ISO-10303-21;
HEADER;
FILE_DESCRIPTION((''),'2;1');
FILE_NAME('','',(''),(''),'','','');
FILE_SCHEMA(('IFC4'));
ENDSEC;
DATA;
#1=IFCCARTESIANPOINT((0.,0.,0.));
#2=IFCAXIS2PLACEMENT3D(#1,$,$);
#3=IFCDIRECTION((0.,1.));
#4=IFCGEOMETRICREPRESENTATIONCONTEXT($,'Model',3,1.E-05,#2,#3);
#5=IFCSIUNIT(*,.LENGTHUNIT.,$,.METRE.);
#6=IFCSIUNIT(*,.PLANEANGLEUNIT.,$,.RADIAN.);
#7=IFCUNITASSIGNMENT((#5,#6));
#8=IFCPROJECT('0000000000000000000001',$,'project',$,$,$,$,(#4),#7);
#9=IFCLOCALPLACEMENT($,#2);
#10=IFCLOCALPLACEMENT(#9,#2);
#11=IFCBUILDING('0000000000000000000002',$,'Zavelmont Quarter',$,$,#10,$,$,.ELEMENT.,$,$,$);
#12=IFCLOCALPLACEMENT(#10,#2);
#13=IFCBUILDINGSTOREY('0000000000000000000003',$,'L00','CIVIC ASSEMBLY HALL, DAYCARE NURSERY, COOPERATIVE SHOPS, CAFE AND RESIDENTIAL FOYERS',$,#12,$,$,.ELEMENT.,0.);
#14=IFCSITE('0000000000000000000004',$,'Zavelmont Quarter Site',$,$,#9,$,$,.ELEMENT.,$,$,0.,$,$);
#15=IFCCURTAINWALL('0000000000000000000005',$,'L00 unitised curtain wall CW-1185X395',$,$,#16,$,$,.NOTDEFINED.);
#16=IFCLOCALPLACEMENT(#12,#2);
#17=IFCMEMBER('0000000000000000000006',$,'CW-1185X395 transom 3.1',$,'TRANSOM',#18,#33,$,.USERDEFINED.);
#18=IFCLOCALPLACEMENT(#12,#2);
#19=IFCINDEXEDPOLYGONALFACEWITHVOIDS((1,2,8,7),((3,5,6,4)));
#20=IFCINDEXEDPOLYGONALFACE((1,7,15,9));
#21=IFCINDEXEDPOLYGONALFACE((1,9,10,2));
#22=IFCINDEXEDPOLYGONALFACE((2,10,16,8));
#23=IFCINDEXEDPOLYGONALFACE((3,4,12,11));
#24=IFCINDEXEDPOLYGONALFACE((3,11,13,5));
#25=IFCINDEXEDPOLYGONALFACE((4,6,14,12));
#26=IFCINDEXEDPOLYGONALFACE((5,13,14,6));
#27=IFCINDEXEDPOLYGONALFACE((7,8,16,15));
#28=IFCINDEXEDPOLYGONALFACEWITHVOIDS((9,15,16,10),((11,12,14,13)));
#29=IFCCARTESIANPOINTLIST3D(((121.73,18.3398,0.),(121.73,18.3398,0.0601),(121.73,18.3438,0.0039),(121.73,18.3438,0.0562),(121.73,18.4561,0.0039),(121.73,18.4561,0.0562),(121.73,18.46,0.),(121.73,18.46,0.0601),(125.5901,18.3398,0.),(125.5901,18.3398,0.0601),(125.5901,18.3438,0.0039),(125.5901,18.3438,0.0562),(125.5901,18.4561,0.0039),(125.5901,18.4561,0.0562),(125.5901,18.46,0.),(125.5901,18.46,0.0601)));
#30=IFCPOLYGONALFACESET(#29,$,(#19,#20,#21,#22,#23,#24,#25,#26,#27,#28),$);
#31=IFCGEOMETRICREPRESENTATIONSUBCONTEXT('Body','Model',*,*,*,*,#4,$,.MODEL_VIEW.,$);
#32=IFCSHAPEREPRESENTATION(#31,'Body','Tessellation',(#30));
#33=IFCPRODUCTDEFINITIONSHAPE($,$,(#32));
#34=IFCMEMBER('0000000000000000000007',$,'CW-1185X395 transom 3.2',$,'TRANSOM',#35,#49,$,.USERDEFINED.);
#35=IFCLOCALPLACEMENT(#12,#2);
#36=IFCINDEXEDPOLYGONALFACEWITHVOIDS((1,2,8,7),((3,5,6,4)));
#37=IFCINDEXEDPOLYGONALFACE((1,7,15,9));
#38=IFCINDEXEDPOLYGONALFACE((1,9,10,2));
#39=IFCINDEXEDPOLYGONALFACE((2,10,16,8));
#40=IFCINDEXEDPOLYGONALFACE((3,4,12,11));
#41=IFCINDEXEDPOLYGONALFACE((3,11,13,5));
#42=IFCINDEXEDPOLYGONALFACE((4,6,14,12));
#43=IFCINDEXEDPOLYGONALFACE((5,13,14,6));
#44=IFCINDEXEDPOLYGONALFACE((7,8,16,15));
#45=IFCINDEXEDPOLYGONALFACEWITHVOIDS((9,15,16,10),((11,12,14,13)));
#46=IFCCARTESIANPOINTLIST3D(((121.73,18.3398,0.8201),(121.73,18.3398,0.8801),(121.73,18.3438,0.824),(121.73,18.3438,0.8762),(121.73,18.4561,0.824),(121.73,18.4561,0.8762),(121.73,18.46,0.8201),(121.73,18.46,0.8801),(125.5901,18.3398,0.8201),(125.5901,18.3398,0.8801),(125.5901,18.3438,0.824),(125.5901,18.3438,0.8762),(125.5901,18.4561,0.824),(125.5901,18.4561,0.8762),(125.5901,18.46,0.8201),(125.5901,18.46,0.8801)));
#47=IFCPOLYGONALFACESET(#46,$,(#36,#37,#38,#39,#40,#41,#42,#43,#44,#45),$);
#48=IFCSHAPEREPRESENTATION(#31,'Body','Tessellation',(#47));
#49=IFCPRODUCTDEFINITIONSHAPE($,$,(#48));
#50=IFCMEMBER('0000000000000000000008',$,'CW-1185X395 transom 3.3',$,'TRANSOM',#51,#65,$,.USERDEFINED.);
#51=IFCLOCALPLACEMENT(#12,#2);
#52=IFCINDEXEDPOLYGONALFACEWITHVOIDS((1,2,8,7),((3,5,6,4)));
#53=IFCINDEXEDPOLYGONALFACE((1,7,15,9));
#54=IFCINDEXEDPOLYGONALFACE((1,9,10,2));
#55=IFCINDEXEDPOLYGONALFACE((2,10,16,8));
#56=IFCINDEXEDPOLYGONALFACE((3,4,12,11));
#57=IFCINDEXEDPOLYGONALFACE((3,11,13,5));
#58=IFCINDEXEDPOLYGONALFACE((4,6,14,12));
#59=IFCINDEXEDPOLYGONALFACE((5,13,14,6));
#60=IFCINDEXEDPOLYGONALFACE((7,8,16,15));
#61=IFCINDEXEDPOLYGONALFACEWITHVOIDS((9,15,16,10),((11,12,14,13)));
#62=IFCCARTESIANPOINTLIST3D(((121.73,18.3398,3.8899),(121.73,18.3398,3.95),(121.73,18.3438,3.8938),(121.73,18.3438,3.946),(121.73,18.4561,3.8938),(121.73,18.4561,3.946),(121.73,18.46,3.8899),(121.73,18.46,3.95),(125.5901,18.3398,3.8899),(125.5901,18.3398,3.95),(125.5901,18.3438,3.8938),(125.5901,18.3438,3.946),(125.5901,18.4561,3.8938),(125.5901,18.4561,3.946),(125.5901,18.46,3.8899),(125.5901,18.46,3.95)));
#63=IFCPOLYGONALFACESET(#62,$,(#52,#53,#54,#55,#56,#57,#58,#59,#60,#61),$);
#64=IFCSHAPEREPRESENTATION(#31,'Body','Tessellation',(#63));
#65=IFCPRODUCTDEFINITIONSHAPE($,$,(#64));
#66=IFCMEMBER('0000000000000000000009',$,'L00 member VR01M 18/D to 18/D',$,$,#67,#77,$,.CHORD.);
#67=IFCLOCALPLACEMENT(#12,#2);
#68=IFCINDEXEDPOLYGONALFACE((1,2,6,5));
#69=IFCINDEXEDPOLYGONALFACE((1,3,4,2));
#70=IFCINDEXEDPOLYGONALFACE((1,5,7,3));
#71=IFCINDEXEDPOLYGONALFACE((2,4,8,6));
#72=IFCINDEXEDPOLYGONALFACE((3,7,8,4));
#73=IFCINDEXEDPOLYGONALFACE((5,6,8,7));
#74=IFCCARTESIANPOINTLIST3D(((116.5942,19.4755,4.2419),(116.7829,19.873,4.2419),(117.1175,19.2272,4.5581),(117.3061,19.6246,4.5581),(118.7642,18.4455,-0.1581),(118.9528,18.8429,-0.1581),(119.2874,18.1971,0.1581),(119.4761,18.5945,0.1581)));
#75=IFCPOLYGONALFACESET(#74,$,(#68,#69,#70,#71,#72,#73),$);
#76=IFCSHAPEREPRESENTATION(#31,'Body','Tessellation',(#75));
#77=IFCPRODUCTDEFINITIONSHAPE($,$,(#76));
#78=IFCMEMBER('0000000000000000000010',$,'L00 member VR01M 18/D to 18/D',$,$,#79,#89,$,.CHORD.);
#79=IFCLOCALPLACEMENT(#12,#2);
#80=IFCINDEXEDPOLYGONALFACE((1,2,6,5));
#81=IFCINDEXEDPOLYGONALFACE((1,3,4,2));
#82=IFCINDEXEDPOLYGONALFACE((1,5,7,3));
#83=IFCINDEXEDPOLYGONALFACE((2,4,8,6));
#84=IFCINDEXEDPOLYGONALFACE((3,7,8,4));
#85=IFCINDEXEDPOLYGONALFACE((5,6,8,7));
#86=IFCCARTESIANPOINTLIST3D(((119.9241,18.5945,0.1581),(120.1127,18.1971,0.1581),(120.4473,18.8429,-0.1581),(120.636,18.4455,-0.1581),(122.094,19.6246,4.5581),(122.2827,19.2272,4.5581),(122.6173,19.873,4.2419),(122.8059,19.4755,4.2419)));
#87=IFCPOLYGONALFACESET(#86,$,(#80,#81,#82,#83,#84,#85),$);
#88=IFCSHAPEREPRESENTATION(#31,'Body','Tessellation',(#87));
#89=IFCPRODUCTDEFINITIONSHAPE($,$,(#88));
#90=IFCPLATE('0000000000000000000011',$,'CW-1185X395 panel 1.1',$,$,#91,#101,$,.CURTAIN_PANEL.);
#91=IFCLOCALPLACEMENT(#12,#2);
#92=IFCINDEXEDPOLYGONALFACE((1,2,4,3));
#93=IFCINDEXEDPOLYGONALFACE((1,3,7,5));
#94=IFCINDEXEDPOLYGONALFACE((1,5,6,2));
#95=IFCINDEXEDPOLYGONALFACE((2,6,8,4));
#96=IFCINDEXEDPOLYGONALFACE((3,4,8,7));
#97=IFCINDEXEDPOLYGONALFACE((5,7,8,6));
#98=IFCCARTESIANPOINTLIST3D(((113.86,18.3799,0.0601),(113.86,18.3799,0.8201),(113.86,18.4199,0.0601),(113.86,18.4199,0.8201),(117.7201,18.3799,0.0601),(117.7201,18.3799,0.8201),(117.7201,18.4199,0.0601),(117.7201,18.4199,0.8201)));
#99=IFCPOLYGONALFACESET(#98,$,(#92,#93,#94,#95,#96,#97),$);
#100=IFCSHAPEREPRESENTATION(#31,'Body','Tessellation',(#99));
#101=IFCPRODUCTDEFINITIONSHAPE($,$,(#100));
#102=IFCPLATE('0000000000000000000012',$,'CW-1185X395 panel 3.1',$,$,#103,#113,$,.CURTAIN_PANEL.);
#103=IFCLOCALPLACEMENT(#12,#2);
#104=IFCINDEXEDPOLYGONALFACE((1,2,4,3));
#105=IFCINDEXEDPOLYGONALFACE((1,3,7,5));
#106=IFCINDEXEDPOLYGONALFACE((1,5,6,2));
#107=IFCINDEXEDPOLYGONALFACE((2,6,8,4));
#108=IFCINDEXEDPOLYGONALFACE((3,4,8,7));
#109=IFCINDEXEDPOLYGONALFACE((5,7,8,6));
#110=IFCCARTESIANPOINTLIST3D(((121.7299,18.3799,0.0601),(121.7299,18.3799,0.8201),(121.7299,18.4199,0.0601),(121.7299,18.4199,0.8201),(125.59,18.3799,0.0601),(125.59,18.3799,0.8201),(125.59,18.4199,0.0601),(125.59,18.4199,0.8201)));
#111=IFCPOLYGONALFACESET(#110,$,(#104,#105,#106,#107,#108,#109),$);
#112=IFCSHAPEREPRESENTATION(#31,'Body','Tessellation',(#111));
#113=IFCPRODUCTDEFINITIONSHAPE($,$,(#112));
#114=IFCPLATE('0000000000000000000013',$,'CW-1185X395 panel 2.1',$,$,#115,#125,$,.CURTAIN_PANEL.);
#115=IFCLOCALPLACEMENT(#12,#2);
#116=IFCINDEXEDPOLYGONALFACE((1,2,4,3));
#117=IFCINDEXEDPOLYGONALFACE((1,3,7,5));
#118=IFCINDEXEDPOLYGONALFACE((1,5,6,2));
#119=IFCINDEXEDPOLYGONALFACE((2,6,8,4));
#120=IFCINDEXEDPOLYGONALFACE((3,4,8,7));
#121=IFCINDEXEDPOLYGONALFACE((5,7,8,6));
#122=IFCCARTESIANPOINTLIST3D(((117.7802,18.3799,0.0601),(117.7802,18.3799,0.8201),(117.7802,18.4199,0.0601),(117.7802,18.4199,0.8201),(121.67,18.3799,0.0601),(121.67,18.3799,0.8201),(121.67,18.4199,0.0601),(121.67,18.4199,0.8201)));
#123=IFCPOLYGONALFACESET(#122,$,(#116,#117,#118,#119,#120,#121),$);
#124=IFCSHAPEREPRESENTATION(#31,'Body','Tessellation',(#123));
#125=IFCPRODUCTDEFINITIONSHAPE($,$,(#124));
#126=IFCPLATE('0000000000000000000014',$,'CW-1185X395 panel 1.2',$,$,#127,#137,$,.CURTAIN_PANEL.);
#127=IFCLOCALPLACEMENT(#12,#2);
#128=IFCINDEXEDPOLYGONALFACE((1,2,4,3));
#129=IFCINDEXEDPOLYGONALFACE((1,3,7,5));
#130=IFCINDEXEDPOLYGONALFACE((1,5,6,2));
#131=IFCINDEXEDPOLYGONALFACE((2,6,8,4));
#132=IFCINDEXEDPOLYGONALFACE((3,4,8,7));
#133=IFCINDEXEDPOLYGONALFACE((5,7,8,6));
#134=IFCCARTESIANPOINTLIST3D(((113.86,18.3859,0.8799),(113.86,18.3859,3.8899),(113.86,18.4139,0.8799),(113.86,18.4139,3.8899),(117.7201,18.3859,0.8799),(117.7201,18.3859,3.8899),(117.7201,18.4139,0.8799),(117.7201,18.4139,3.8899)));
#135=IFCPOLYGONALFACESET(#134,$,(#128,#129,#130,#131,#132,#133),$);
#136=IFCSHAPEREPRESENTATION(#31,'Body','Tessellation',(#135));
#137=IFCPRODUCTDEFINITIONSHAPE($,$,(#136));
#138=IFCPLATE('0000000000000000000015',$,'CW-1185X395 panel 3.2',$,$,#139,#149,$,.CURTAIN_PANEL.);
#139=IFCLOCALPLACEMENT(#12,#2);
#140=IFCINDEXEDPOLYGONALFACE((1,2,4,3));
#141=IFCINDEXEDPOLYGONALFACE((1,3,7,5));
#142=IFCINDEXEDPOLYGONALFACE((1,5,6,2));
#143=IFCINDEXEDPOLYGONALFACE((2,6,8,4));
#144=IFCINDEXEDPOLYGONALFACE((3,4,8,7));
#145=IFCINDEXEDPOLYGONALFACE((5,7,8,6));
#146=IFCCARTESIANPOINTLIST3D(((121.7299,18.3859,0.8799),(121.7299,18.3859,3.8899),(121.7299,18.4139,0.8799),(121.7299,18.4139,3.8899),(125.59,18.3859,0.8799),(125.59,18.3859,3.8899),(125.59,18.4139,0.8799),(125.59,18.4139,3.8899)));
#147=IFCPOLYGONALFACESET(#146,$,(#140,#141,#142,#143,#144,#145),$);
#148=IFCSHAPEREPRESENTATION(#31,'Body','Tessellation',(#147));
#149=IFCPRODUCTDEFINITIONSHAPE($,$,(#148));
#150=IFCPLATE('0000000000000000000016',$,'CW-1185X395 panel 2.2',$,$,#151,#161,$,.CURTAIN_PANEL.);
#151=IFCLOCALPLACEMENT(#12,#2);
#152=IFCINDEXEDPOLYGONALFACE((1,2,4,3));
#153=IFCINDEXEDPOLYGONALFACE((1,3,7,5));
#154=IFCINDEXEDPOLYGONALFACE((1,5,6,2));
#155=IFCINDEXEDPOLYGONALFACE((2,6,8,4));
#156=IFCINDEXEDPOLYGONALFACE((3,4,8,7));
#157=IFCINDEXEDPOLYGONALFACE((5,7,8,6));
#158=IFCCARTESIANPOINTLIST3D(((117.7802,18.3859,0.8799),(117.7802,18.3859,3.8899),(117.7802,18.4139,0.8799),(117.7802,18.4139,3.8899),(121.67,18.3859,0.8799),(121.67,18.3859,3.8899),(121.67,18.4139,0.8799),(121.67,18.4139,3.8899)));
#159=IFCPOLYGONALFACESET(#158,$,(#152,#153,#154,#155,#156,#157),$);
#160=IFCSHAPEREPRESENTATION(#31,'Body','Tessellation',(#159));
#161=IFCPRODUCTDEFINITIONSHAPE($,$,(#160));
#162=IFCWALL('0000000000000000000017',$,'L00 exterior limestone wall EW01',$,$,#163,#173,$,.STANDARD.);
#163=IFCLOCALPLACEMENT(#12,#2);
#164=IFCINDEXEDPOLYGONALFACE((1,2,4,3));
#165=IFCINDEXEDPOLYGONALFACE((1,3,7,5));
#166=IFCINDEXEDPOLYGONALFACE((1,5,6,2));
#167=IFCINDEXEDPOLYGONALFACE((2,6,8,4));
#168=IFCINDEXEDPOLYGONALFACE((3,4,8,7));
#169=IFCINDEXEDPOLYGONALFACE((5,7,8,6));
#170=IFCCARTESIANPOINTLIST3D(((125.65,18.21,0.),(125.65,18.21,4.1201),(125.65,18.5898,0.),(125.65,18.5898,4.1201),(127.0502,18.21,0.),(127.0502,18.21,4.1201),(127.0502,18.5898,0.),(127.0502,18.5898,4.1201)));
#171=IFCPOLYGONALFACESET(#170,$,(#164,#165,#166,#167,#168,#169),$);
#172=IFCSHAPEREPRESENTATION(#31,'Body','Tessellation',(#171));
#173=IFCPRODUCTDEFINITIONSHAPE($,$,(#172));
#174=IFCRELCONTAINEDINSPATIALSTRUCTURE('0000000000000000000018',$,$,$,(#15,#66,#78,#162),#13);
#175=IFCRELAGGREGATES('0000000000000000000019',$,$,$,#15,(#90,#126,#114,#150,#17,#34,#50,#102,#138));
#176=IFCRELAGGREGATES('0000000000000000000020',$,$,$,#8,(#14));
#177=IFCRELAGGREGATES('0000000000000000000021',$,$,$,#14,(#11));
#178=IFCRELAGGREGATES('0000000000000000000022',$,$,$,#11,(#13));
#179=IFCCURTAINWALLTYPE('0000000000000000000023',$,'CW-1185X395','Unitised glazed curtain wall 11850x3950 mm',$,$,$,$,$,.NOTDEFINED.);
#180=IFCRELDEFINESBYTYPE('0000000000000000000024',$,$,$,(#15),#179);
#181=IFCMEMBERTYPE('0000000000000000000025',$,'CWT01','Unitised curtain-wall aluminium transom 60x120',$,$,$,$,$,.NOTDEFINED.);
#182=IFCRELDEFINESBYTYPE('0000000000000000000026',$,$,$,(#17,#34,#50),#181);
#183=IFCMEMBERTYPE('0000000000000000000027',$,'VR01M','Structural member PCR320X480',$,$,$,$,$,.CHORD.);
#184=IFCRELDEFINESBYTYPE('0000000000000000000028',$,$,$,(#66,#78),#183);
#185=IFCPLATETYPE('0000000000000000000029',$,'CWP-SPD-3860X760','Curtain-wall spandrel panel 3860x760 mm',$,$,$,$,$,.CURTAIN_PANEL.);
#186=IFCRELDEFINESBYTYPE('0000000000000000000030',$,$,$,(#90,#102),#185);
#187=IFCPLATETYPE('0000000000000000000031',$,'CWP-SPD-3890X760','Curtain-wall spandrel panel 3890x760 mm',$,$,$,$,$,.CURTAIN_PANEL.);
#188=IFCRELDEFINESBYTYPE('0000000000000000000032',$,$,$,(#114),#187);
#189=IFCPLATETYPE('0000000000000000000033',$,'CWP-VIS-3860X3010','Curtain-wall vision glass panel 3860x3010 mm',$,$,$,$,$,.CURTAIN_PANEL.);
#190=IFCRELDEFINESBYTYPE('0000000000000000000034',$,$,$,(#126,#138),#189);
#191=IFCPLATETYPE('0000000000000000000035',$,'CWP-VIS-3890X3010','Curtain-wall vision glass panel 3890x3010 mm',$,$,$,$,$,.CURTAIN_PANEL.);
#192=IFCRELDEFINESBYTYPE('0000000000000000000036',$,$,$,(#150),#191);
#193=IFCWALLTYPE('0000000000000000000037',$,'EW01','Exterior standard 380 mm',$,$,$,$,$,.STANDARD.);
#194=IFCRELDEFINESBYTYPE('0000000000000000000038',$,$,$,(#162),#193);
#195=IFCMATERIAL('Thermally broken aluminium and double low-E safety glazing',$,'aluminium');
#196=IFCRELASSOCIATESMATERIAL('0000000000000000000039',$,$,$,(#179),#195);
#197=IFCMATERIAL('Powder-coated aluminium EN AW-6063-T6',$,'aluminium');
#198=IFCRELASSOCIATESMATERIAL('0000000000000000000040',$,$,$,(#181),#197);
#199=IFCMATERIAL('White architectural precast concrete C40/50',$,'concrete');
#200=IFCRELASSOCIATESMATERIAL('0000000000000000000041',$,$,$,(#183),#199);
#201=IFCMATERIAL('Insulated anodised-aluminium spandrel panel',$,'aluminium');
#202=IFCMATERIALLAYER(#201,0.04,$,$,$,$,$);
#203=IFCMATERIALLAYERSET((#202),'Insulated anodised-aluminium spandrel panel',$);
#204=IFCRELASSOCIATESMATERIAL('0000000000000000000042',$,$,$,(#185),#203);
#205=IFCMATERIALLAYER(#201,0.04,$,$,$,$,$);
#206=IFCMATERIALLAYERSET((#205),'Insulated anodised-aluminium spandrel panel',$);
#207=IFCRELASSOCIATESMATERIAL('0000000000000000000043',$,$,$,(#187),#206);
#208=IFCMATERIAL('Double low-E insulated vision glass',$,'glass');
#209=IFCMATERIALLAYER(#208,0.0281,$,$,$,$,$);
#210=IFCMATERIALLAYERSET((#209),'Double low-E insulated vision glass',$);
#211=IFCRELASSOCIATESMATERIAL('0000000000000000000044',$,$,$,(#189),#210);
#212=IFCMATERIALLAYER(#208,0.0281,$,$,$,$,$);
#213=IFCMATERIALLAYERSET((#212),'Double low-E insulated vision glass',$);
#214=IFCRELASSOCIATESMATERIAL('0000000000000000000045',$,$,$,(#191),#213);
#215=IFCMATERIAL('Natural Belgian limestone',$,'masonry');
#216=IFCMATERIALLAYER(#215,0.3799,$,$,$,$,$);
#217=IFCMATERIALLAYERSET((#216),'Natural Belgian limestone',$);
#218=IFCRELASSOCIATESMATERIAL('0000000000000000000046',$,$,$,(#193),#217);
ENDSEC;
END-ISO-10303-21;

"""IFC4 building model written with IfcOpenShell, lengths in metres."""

from ifc_helpers import new_model, si_unit, direction, frame, frame_2d, origin, origin_2d, place, context, subcontext, project, spatial, rectangle, hollow_rectangle, extrude, material, layer, layer_set, material_profile, profile_set, type_object, element, aggregate, save


model = new_model("IFC4")

# Units and contexts
model_context = context("Model", 3, precision=1e-05, world=origin(), true_north=direction((0.0, 1.0)))
body_context = subcontext(model_context, "Body", "Model", "MODEL_VIEW")
ifc_project = project(units=[si_unit("LENGTHUNIT", "METRE"), si_unit("PLANEANGLEUNIT", "RADIAN")], contexts=[model_context])

# Site, building, storey
site_placement = place(None, origin())
site = spatial("IfcSite", under=ifc_project, at=site_placement, Name="Zavelmont Quarter Site", CompositionType="ELEMENT", RefElevation=0.0)
building_placement = place(site_placement, origin())
building = spatial("IfcBuilding", under=site, at=building_placement, Name="Zavelmont Quarter", CompositionType="ELEMENT")
storey_placement = place(building_placement, origin())
storey = spatial("IfcBuildingStorey", under=building, at=storey_placement, Name="L00", Description="CIVIC ASSEMBLY HALL, DAYCARE NURSERY, COOPERATIVE SHOPS, CAFE AND RESIDENTIAL FOYERS", CompositionType="ELEMENT", Elevation=0.0)

# Curtain wall, members
ifc_material_1 = material(Name="Thermally broken aluminium and double low-E safety glazing", Category="aluminium")
curtain_wall_type = type_object("IfcCurtainWallType", Name="CW-1185X395", Description="Unitised glazed curtain wall 11850x3950 mm", PredefinedType="NOTDEFINED", material=ifc_material_1)
curtain_wall_placement = place(storey_placement, origin())
curtain_wall = element("IfcCurtainWall", 1, at=curtain_wall_placement, inside=storey, type_object=curtain_wall_type, Name="L00 unitised curtain wall CW-1185X395", PredefinedType="NOTDEFINED")
ifc_material_2 = material(Name="Powder-coated aluminium EN AW-6063-T6", Category="aluminium")
ifc_material_profile_1 = material_profile(ifc_material_2, hollow_rectangle(XDim=0.1201, YDim=0.0601, WallThickness=0.0039, at=origin_2d()), Name="CWT60X120")
ifc_profile_set_1 = profile_set([ifc_material_profile_1], Name="Powder-coated aluminium EN AW-6063-T6")
member_type_1 = type_object("IfcMemberType", Name="CWT01", Description="Unitised curtain-wall aluminium transom 60x120", PredefinedType="NOTDEFINED", material=ifc_profile_set_1)
member_1_placement = place(storey_placement, frame((121.73, 18.3999, 0.03), z_axis=(1.0, 0.0, 0.0), x_axis=(0.0, 1.0, 0.0)))
member_1 = element("IfcMember", 2, at=member_1_placement, type_object=member_type_1, Name="CW-1185X395 transom 3.1", ObjectType="TRANSOM", PredefinedType="USERDEFINED", context=body_context, shape_type="SweptSolid", body=[
    extrude(hollow_rectangle(XDim=0.1201, YDim=0.0601, WallThickness=0.0039, at=origin_2d()), origin(), (0.0, 0.0, 1.0), 3.8601),
])
member_2_placement = place(storey_placement, frame((121.73, 18.3999, 0.8501), z_axis=(1.0, 0.0, 0.0), x_axis=(0.0, 1.0, 0.0)))
member_2 = element("IfcMember", 3, at=member_2_placement, type_object=member_type_1, Name="CW-1185X395 transom 3.2", ObjectType="TRANSOM", PredefinedType="USERDEFINED", context=body_context, shape_type="SweptSolid", body=[
    extrude(hollow_rectangle(XDim=0.1201, YDim=0.0601, WallThickness=0.0039, at=origin_2d()), origin(), (0.0, 0.0, 1.0), 3.8601),
])
member_3_placement = place(storey_placement, frame((121.73, 18.3999, 3.9199), z_axis=(1.0, 0.0, 0.0), x_axis=(0.0, 1.0, 0.0)))
member_3 = element("IfcMember", 4, at=member_3_placement, type_object=member_type_1, Name="CW-1185X395 transom 3.3", ObjectType="TRANSOM", PredefinedType="USERDEFINED", context=body_context, shape_type="SweptSolid", body=[
    extrude(hollow_rectangle(XDim=0.1201, YDim=0.0601, WallThickness=0.0039, at=origin_2d()), origin(), (0.0, 0.0, 1.0), 3.8601),
])

# Members
ifc_material_3 = material(Name="White architectural precast concrete C40/50", Category="concrete")
ifc_material_profile_2 = material_profile(ifc_material_3, rectangle(XDim=0.4399, YDim=0.6599, at=origin_2d()), Name="PCR320X480")
ifc_profile_set_2 = profile_set([ifc_material_profile_2], Name="White architectural precast concrete C40/50")
member_type_2 = type_object("IfcMemberType", Name="VR01M", Description="Structural member PCR320X480", PredefinedType="CHORD", material=ifc_profile_set_2)
for number, where, z_axis, x_axis, name in (
    (5, (119.1201, 18.52, 0.0), (-0.432872, 0.205478, 0.877725), (-0.428825, -0.903388, 0.0), "L00 member VR01M 18/D to 18/D"),
    (6, (120.28, 18.52, 0.0), (0.432872, 0.205478, 0.877725), (-0.428825, 0.903388, 0.0), "L00 member VR01M 18/D to 18/D"),
):
    element("IfcMember", number, at=place(storey_placement, frame(where, z_axis=z_axis, x_axis=x_axis)), inside=storey, type_object=member_type_2, Name=name, PredefinedType="CHORD", context=body_context, shape_type="SweptSolid", body=[
        extrude(rectangle(XDim=0.4399, YDim=0.6599, at=origin_2d()), origin(), (0.0, 0.0, 1.0), 5.0129),
    ])

# Plates
ifc_material_4 = material(Name="Insulated anodised-aluminium spandrel panel", Category="aluminium")
ifc_layer_1 = layer(ifc_material_4, 0.04)
ifc_layer_set_1 = layer_set([ifc_layer_1], Name="Insulated anodised-aluminium spandrel panel")
plate_type_1 = type_object("IfcPlateType", Name="CWP-SPD-3860X760", Description="Curtain-wall spandrel panel 3860x760 mm", PredefinedType="CURTAIN_PANEL", material=ifc_layer_set_1)
plate_1_placement = place(storey_placement, frame((115.79, 18.3999, 0.0601), z_axis=(0.0, 0.0, 1.0), x_axis=(1.0, 0.0, 0.0)))
plate_1 = element("IfcPlate", 7, at=plate_1_placement, type_object=plate_type_1, Name="CW-1185X395 panel 1.1", PredefinedType="CURTAIN_PANEL", context=body_context, shape_type="SweptSolid", body=[
    extrude(rectangle(XDim=3.8601, YDim=0.04, at=origin_2d()), origin(), (0.0, 0.0, 1.0), 0.76),
])
plate_2_placement = place(storey_placement, frame((123.6599, 18.3999, 0.0601), z_axis=(0.0, 0.0, 1.0), x_axis=(1.0, 0.0, 0.0)))
plate_2 = element("IfcPlate", 8, at=plate_2_placement, type_object=plate_type_1, Name="CW-1185X395 panel 3.1", PredefinedType="CURTAIN_PANEL", context=body_context, shape_type="SweptSolid", body=[
    extrude(rectangle(XDim=3.8601, YDim=0.04, at=origin_2d()), origin(), (0.0, 0.0, 1.0), 0.76),
])
ifc_layer_2 = layer(ifc_material_4, 0.04)
ifc_layer_set_2 = layer_set([ifc_layer_2], Name="Insulated anodised-aluminium spandrel panel")
plate_type_2 = type_object("IfcPlateType", Name="CWP-SPD-3890X760", Description="Curtain-wall spandrel panel 3890x760 mm", PredefinedType="CURTAIN_PANEL", material=ifc_layer_set_2)
plate_3_placement = place(storey_placement, frame((119.7251, 18.3999, 0.0601), z_axis=(0.0, 0.0, 1.0), x_axis=(1.0, 0.0, 0.0)))
plate_3 = element("IfcPlate", 9, at=plate_3_placement, type_object=plate_type_2, Name="CW-1185X395 panel 2.1", PredefinedType="CURTAIN_PANEL", context=body_context, shape_type="SweptSolid", body=[
    extrude(rectangle(XDim=3.8899, YDim=0.04, at=origin_2d()), origin(), (0.0, 0.0, 1.0), 0.76),
])
ifc_material_5 = material(Name="Double low-E insulated vision glass", Category="glass")
ifc_layer_3 = layer(ifc_material_5, 0.0281)
ifc_layer_set_3 = layer_set([ifc_layer_3], Name="Double low-E insulated vision glass")
plate_type_3 = type_object("IfcPlateType", Name="CWP-VIS-3860X3010", Description="Curtain-wall vision glass panel 3860x3010 mm", PredefinedType="CURTAIN_PANEL", material=ifc_layer_set_3)
plate_4_placement = place(storey_placement, frame((115.79, 18.3999, 0.8799), z_axis=(0.0, 0.0, 1.0), x_axis=(1.0, 0.0, 0.0)))
plate_4 = element("IfcPlate", 10, at=plate_4_placement, type_object=plate_type_3, Name="CW-1185X395 panel 1.2", PredefinedType="CURTAIN_PANEL", context=body_context, shape_type="SweptSolid", body=[
    extrude(rectangle(XDim=3.8601, YDim=0.0281, at=origin_2d()), origin(), (0.0, 0.0, 1.0), 3.01),
])
plate_5_placement = place(storey_placement, frame((123.6599, 18.3999, 0.8799), z_axis=(0.0, 0.0, 1.0), x_axis=(1.0, 0.0, 0.0)))
plate_5 = element("IfcPlate", 11, at=plate_5_placement, type_object=plate_type_3, Name="CW-1185X395 panel 3.2", PredefinedType="CURTAIN_PANEL", context=body_context, shape_type="SweptSolid", body=[
    extrude(rectangle(XDim=3.8601, YDim=0.0281, at=origin_2d()), origin(), (0.0, 0.0, 1.0), 3.01),
])
ifc_layer_4 = layer(ifc_material_5, 0.0281)
ifc_layer_set_4 = layer_set([ifc_layer_4], Name="Double low-E insulated vision glass")
plate_type_4 = type_object("IfcPlateType", Name="CWP-VIS-3890X3010", Description="Curtain-wall vision glass panel 3890x3010 mm", PredefinedType="CURTAIN_PANEL", material=ifc_layer_set_4)
plate_6_placement = place(storey_placement, frame((119.7251, 18.3999, 0.8799), z_axis=(0.0, 0.0, 1.0), x_axis=(1.0, 0.0, 0.0)))
plate_6 = element("IfcPlate", 12, at=plate_6_placement, type_object=plate_type_4, Name="CW-1185X395 panel 2.2", PredefinedType="CURTAIN_PANEL", context=body_context, shape_type="SweptSolid", body=[
    extrude(rectangle(XDim=3.8899, YDim=0.0281, at=origin_2d()), origin(), (0.0, 0.0, 1.0), 3.01),
])
aggregate(curtain_wall, [plate_1, plate_4, plate_3, plate_6, member_1, member_2, member_3, plate_2, plate_5])

# Wall
ifc_material_6 = material(Name="Natural Belgian limestone", Category="masonry")
ifc_layer_5 = layer(ifc_material_6, 0.3799)
ifc_layer_set_5 = layer_set([ifc_layer_5], Name="Natural Belgian limestone")
wall_type_1 = type_object("IfcWallType", Name="EW01", Description="Exterior standard 380 mm", PredefinedType="STANDARD", material=ifc_layer_set_5)
wall_1_placement = place(storey_placement, frame((125.6499, 18.3999, 0.0), z_axis=(0.0, 0.0, 1.0), x_axis=(1.0, 0.0, 0.0)))
element("IfcWall", 13, at=wall_1_placement, inside=storey, type_object=wall_type_1, Name="L00 exterior limestone wall EW01", PredefinedType="STANDARD", context=body_context, shape_type="SweptSolid", body=[
    extrude(rectangle(XDim=1.4001, YDim=0.3799, at=frame_2d((0.7002, 0.0))), origin(), (0.0, 0.0, 1.0), 4.1201),
])

save(model, "model.ifc")
